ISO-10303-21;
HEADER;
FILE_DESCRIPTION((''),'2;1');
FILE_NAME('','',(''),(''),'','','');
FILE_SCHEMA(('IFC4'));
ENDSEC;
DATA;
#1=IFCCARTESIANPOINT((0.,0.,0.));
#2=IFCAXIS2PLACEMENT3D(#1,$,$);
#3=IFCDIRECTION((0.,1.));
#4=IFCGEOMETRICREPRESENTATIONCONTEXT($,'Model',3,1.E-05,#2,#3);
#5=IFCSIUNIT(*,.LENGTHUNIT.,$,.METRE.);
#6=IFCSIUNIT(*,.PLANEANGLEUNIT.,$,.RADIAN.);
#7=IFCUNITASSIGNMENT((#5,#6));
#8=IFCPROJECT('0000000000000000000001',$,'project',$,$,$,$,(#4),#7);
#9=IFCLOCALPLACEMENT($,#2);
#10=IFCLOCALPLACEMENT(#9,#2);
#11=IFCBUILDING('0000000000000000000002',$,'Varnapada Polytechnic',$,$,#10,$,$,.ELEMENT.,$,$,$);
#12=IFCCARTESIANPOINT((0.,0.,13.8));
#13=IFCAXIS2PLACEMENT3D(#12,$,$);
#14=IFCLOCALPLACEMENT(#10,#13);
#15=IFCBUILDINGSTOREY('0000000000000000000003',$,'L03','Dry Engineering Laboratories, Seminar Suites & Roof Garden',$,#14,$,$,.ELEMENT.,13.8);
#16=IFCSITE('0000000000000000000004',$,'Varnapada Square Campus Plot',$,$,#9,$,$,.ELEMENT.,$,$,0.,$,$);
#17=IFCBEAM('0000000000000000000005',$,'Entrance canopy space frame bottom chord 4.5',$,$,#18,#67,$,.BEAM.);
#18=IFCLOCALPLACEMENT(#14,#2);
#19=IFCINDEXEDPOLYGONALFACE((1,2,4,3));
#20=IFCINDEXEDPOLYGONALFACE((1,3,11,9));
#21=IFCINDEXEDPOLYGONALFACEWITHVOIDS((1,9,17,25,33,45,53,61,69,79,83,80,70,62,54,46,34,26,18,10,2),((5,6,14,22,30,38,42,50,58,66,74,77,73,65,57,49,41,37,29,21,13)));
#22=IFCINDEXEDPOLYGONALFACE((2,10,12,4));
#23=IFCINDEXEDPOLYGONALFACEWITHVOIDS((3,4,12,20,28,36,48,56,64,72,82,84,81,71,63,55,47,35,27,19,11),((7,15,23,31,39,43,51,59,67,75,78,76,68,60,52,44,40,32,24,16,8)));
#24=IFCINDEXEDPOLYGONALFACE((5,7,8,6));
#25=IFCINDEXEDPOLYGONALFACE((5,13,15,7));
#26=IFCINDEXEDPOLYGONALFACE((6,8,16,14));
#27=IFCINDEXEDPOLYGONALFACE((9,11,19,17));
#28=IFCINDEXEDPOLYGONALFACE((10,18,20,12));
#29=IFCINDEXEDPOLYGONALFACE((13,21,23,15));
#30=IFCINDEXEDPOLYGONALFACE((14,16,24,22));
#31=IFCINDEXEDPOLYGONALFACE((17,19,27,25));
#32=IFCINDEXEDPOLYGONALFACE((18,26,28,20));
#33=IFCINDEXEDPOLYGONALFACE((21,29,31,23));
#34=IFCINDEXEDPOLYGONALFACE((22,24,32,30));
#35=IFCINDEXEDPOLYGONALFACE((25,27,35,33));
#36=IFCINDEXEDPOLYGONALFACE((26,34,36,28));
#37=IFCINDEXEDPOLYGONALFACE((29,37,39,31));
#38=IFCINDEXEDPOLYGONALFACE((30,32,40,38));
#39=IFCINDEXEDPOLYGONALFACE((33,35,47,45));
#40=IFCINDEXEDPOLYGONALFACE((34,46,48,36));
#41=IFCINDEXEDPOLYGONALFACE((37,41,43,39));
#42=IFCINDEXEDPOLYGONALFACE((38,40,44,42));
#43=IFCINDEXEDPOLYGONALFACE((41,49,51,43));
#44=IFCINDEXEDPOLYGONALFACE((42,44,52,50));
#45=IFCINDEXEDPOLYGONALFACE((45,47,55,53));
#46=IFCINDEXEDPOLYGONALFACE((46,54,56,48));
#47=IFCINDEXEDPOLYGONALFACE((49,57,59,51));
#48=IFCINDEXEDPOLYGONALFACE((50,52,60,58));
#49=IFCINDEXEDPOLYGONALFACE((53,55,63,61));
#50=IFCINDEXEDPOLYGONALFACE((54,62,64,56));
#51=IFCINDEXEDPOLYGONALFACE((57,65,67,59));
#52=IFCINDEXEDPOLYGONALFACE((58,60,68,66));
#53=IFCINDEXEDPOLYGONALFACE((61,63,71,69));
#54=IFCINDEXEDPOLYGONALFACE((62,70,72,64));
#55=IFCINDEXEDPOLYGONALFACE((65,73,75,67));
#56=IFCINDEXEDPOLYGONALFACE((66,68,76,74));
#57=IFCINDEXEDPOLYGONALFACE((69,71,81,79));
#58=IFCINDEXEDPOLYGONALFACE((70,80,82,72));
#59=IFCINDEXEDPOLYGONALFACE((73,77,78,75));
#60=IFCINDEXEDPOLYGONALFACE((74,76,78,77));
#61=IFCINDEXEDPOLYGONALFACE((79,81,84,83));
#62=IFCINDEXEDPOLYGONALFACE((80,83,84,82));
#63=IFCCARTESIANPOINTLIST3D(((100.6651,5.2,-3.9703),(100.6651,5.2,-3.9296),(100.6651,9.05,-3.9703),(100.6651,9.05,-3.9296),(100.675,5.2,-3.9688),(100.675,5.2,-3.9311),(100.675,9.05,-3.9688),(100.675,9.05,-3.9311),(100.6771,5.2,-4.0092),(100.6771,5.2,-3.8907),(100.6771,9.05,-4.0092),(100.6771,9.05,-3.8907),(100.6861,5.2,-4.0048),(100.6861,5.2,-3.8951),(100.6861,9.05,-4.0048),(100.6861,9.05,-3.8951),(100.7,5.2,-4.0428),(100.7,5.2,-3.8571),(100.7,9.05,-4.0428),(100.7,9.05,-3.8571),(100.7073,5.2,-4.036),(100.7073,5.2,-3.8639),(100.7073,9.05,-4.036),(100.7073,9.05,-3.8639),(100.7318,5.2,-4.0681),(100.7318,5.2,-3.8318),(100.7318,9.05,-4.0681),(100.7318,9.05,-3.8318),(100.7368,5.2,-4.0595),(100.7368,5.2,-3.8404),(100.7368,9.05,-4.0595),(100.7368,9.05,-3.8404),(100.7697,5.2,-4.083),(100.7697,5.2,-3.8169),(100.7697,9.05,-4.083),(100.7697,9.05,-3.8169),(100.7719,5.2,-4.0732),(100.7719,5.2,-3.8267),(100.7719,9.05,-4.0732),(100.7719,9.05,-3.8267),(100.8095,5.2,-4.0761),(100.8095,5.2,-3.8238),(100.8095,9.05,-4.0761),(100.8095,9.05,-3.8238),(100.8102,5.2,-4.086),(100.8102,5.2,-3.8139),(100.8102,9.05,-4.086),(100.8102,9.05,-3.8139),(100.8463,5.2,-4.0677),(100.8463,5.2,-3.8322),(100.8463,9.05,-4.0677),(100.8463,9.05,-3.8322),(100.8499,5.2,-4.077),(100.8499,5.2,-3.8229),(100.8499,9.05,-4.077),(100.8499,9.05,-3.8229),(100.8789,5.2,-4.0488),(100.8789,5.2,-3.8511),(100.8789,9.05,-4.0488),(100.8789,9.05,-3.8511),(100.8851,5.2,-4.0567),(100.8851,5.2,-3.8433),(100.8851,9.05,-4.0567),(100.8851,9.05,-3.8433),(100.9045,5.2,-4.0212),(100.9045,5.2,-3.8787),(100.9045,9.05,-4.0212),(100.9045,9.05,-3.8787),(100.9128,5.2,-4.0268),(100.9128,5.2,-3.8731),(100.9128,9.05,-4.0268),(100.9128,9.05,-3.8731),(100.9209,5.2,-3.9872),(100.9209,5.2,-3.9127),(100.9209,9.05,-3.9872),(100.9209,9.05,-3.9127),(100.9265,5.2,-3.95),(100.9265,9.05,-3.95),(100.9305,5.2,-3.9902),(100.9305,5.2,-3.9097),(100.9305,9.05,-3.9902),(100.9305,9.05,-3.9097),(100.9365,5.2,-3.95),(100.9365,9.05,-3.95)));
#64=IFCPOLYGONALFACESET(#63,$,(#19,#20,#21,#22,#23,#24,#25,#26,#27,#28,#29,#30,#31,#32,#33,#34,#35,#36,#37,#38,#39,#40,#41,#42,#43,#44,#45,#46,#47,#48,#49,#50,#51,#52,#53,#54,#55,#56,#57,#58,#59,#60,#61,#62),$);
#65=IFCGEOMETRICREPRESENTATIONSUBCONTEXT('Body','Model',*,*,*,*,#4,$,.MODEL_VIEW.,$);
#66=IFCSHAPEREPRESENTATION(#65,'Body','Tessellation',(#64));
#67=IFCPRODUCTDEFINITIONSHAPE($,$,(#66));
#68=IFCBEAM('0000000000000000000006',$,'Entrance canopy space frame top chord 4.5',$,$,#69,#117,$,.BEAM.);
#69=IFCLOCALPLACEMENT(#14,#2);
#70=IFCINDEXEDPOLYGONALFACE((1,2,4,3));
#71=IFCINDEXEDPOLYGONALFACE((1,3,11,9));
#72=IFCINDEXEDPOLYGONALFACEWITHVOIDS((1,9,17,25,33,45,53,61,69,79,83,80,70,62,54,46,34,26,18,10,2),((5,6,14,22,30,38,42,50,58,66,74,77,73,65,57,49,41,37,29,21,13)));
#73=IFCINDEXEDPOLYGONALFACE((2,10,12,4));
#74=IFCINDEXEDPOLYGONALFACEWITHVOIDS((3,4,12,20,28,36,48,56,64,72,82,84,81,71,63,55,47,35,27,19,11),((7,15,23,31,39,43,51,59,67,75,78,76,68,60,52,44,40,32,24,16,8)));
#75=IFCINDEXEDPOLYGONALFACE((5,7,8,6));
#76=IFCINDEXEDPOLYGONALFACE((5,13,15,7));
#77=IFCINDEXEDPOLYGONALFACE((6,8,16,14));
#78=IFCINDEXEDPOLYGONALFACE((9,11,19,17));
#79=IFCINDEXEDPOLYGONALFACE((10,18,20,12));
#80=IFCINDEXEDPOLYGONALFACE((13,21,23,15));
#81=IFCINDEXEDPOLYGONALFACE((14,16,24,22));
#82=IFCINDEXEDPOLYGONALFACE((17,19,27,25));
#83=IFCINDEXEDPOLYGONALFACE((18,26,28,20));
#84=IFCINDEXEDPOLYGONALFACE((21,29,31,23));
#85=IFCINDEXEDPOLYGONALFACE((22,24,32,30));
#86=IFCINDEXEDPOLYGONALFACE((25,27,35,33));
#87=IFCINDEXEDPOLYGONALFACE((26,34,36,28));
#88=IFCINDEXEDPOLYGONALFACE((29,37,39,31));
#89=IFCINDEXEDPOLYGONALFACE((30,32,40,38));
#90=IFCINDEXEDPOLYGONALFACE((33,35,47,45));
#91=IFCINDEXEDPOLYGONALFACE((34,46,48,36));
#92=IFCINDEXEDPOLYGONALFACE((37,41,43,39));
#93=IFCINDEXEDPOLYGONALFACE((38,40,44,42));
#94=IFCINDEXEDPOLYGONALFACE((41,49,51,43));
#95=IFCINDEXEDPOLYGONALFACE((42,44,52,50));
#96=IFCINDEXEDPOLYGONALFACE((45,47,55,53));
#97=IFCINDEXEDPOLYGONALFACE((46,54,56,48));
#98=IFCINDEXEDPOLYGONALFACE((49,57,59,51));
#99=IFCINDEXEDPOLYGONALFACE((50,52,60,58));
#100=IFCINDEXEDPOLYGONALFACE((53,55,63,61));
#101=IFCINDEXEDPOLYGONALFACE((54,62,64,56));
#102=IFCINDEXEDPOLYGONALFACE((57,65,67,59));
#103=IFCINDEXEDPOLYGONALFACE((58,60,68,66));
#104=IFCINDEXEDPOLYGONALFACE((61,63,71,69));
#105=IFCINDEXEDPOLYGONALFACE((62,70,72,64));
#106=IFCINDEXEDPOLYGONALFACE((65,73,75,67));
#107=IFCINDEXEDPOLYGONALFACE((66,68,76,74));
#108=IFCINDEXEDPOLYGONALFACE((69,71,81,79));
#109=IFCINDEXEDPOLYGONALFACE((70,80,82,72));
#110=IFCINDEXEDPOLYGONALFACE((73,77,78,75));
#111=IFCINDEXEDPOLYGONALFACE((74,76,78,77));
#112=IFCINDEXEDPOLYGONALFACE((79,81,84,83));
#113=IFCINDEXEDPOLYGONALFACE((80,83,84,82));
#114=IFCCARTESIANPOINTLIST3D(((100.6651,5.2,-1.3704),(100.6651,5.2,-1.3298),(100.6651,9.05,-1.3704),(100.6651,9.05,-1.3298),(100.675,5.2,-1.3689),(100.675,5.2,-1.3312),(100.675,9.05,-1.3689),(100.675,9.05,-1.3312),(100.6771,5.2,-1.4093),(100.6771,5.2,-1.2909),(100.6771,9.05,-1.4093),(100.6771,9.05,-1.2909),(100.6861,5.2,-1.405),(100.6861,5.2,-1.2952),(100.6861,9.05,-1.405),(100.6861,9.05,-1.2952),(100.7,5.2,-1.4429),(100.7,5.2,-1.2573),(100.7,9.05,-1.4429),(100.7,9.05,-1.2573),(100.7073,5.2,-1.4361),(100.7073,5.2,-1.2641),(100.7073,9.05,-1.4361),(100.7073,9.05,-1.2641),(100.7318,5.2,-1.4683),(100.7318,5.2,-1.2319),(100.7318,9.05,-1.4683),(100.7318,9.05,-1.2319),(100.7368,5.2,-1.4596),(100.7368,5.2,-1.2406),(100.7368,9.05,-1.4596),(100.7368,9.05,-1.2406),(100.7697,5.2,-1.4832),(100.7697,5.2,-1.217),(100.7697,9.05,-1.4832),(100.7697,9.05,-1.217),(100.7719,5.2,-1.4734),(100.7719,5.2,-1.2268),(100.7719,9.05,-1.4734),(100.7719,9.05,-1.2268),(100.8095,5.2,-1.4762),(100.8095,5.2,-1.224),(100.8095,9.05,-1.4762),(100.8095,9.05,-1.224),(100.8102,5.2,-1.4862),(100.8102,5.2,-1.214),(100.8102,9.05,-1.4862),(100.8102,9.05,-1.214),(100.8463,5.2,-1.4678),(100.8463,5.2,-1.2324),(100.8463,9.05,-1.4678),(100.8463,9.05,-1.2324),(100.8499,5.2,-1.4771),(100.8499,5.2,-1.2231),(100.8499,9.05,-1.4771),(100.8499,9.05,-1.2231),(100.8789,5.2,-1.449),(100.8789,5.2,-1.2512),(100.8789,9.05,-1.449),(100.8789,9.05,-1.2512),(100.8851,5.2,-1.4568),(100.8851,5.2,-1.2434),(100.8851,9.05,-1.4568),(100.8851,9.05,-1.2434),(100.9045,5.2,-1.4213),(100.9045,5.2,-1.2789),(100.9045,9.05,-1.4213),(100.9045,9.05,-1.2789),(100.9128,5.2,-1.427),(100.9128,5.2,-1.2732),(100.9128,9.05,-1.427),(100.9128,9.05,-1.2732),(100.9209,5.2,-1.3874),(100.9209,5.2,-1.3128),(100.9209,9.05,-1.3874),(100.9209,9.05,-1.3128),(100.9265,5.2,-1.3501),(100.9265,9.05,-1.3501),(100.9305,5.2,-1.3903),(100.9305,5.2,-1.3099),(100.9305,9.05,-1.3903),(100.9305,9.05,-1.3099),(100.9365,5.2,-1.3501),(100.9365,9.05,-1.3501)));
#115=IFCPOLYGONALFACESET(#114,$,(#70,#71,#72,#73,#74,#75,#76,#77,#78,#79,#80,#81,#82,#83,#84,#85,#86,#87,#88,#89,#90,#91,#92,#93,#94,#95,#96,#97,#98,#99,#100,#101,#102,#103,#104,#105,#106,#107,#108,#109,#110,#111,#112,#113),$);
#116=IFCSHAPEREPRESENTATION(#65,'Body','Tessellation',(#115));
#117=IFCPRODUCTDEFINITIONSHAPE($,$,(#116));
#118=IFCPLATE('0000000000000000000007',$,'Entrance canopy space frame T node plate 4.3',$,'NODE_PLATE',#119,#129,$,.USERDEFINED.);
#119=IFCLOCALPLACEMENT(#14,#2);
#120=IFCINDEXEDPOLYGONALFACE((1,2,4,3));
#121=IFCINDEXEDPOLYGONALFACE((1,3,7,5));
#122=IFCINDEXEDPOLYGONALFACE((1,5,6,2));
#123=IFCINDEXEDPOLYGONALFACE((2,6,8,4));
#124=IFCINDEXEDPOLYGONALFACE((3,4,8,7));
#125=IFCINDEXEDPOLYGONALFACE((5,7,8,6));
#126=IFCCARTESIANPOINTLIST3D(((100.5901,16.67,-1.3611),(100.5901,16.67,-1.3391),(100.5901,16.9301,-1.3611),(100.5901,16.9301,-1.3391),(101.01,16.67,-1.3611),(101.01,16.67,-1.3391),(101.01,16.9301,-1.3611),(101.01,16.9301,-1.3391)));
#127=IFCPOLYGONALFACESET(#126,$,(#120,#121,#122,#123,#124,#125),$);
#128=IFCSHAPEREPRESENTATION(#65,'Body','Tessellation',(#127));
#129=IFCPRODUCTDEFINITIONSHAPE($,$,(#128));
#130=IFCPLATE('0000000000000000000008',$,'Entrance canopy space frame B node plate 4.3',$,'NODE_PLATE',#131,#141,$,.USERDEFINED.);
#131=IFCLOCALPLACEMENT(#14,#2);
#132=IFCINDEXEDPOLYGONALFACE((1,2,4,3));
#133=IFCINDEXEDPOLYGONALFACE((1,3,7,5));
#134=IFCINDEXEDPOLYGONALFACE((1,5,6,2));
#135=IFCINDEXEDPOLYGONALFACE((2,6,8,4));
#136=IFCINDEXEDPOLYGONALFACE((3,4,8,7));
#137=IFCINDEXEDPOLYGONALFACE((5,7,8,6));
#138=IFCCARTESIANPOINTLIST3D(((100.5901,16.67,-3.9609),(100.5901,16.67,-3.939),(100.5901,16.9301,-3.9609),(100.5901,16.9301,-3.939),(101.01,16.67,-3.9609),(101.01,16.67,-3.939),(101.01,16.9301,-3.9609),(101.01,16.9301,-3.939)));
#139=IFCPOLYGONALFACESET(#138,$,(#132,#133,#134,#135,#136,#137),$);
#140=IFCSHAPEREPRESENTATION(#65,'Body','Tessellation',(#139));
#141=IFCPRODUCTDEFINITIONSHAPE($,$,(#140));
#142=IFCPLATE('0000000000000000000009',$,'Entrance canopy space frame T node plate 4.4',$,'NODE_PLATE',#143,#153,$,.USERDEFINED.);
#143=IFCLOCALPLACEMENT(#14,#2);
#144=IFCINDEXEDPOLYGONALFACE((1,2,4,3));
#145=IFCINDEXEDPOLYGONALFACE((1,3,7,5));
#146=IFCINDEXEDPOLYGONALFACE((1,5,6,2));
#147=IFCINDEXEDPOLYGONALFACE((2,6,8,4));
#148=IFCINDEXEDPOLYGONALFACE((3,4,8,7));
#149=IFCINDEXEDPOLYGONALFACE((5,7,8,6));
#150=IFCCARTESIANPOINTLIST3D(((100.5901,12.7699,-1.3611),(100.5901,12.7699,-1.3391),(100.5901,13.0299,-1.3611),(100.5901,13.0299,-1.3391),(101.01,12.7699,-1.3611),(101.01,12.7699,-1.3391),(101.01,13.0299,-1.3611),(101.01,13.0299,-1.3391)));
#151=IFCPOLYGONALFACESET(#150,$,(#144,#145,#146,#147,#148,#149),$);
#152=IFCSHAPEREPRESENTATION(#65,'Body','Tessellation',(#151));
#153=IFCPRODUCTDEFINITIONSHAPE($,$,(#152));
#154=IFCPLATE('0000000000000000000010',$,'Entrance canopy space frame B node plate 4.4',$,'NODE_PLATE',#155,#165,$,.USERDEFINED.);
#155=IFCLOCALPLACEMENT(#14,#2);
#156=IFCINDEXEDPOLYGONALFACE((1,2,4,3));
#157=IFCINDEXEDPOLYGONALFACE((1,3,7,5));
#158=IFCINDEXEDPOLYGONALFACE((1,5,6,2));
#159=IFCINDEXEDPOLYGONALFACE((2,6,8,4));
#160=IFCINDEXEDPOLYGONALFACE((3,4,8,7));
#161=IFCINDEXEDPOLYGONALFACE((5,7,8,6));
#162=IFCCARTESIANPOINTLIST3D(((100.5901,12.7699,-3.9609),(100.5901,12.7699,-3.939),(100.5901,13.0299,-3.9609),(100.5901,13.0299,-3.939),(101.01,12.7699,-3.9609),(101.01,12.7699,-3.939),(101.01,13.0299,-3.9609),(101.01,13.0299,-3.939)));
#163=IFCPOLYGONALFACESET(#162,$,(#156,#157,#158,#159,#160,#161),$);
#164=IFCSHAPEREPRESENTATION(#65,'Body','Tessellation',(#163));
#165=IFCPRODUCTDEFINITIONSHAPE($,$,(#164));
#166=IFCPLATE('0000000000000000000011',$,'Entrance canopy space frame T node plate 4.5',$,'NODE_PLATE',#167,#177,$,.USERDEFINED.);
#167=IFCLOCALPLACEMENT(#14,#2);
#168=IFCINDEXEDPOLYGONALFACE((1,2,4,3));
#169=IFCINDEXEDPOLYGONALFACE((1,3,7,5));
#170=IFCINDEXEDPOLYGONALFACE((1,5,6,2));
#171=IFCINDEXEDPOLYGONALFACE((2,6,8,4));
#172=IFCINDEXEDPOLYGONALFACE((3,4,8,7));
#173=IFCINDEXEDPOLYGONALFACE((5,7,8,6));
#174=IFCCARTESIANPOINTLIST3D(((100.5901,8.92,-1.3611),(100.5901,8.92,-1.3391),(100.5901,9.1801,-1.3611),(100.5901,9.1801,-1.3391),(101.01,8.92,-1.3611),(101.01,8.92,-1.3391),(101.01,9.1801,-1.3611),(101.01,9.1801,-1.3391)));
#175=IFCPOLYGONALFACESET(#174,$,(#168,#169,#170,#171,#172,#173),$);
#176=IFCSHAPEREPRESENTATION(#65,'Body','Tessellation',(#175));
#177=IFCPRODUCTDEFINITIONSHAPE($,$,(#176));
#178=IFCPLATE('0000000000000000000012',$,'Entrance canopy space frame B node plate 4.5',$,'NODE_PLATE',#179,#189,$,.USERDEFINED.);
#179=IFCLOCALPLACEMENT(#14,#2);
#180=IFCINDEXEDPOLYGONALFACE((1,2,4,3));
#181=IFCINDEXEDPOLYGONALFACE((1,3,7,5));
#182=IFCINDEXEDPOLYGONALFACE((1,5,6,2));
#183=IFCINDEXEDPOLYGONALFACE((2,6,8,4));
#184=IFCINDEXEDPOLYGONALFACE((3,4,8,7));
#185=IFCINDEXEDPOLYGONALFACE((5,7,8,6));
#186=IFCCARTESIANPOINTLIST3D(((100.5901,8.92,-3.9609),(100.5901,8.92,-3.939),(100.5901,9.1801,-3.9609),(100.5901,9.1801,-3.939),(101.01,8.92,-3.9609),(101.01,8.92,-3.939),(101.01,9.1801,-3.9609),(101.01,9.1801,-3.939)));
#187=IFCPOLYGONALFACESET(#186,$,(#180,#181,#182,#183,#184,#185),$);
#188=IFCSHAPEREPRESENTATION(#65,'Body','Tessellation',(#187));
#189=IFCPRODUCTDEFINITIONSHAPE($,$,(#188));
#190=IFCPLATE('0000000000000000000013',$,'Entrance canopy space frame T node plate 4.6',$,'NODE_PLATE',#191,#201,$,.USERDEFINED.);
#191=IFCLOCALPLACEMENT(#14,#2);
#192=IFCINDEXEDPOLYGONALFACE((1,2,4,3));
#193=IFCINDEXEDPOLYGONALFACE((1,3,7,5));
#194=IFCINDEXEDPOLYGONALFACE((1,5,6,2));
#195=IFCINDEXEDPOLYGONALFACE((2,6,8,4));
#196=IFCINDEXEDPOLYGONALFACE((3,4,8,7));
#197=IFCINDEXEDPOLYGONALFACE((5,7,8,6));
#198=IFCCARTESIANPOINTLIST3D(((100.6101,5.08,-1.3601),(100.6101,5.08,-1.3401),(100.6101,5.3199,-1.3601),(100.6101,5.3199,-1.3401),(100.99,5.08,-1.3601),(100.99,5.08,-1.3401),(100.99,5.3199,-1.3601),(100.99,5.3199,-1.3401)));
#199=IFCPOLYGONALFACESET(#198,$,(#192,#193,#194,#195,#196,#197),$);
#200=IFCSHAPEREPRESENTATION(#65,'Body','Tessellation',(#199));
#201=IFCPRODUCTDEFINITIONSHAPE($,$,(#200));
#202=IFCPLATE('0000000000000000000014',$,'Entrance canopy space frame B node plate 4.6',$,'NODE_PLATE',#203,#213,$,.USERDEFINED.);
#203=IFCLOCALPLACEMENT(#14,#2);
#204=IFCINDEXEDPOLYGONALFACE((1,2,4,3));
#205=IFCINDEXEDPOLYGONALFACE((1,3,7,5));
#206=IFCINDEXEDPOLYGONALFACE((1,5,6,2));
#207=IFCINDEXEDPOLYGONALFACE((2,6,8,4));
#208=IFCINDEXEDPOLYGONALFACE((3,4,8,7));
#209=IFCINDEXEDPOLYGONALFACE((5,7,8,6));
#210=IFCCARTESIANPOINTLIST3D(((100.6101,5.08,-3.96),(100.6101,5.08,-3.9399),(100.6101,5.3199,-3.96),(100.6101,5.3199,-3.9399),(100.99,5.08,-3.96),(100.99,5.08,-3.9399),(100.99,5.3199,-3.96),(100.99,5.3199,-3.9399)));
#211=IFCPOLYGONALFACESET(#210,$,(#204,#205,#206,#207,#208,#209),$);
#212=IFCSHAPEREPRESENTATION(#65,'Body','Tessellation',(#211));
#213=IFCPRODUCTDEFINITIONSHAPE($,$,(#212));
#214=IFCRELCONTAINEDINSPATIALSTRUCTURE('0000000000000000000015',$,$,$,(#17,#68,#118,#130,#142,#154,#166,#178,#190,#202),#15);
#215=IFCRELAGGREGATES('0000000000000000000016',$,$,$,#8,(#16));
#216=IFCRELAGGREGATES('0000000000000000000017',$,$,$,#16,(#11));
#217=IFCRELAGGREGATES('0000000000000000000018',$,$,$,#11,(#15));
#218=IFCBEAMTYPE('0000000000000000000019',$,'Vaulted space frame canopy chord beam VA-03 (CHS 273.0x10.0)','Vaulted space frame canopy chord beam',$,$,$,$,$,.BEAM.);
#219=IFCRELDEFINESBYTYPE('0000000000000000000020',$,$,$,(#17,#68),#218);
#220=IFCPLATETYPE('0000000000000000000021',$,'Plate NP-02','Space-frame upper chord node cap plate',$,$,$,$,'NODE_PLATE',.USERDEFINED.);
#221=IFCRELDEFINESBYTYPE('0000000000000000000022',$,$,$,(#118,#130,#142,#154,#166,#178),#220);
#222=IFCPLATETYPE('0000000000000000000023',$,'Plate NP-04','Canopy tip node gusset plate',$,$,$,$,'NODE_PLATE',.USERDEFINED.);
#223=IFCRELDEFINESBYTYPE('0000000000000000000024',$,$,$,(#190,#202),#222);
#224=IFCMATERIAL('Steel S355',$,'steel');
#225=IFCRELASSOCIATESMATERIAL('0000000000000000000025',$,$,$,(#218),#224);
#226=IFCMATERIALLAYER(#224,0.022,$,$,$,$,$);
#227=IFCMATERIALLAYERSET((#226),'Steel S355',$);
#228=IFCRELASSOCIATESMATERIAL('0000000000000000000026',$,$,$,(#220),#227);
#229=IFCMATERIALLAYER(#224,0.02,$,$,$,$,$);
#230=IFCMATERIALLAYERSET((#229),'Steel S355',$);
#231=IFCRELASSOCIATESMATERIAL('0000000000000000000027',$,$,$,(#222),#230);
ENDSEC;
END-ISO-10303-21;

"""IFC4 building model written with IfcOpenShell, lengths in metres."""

from ifc_helpers import new_model, si_unit, direction, frame, origin, origin_2d, place, context, subcontext, project, spatial, rectangle, hollow_circle, extrude, material, layer, layer_set, material_profile, profile_set, type_object, element, save


model = new_model("IFC4")

# Units and contexts
model_context = context("Model", 3, precision=1e-05, world=origin(), true_north=direction((0.0, 1.0)))
body_context = subcontext(model_context, "Body", "Model", "MODEL_VIEW")
ifc_project = project(units=[si_unit("LENGTHUNIT", "METRE"), si_unit("PLANEANGLEUNIT", "RADIAN")], contexts=[model_context])

# Site, building, storey
site_placement = place(None, origin())
site = spatial("IfcSite", under=ifc_project, at=site_placement, Name="Varnapada Square Campus Plot", CompositionType="ELEMENT", RefElevation=0.0)
building_placement = place(site_placement, origin())
building = spatial("IfcBuilding", under=site, at=building_placement, Name="Varnapada Polytechnic", CompositionType="ELEMENT")
storey_placement = place(building_placement, frame((0.0, 0.0, 13.8)))
storey = spatial("IfcBuildingStorey", under=building, at=storey_placement, Name="L03", Description="Dry Engineering Laboratories, Seminar Suites & Roof Garden", CompositionType="ELEMENT", Elevation=13.8)

# Shared definitions
ifc_material = material(Name="Steel S355", Category="steel")

# Beams
ifc_material_profile_1 = material_profile(ifc_material, hollow_circle(Radius=0.1365, WallThickness=0.01, at=origin_2d()), Name="CHS 273.0x10.0")
ifc_profile_set_1 = profile_set([ifc_material_profile_1], Name="Steel S355")
beam_type = type_object("IfcBeamType", Name="Vaulted space frame canopy chord beam VA-03 (CHS 273.0x10.0)", Description="Vaulted space frame canopy chord beam", PredefinedType="BEAM", material=ifc_profile_set_1)
for number, where, z_axis, x_axis, name in (
    (1, (100.8, 9.05, -3.95), (0.0, -1.0, 0.0), (1.0, 0.0, 0.0), "Entrance canopy space frame bottom chord 4.5"),
    (2, (100.8, 9.05, -1.3501), (0.0, -1.0, 0.0), (1.0, 0.0, 0.0), "Entrance canopy space frame top chord 4.5"),
):
    element("IfcBeam", number, at=place(storey_placement, frame(where, z_axis=z_axis, x_axis=x_axis)), inside=storey, type_object=beam_type, Name=name, PredefinedType="BEAM", context=body_context, shape_type="SweptSolid", body=[
        extrude(hollow_circle(Radius=0.1365, WallThickness=0.01, at=origin_2d()), origin(), (0.0, 0.0, 1.0), 3.8501),
    ])

# Plates
ifc_layer_1 = layer(ifc_material, 0.022)
ifc_layer_set_1 = layer_set([ifc_layer_1], Name="Steel S355")
plate_type_1 = type_object("IfcPlateType", Name="Plate NP-02", Description="Space-frame upper chord node cap plate", ElementType="NODE_PLATE", PredefinedType="USERDEFINED", material=ifc_layer_set_1)
for number, where, z_axis, x_axis, name in (
    (3, (100.8, 16.8, -1.3611), (0.0, 0.0, 1.0), (1.0, 0.0, 0.0), "Entrance canopy space frame T node plate 4.3"),
    (4, (100.8, 16.8, -3.9609), (0.0, 0.0, 1.0), (1.0, 0.0, 0.0), "Entrance canopy space frame B node plate 4.3"),
    (5, (100.8, 12.8999, -1.3611), (0.0, 0.0, 1.0), (1.0, 0.0, 0.0), "Entrance canopy space frame T node plate 4.4"),
    (6, (100.8, 12.8999, -3.9609), (0.0, 0.0, 1.0), (1.0, 0.0, 0.0), "Entrance canopy space frame B node plate 4.4"),
    (7, (100.8, 9.05, -1.3611), (0.0, 0.0, 1.0), (1.0, 0.0, 0.0), "Entrance canopy space frame T node plate 4.5"),
    (8, (100.8, 9.05, -3.9609), (0.0, 0.0, 1.0), (1.0, 0.0, 0.0), "Entrance canopy space frame B node plate 4.5"),
):
    element("IfcPlate", number, at=place(storey_placement, frame(where, z_axis=z_axis, x_axis=x_axis)), inside=storey, type_object=plate_type_1, Name=name, ObjectType="NODE_PLATE", PredefinedType="USERDEFINED", context=body_context, shape_type="SweptSolid", body=[
        extrude(rectangle(XDim=0.4199, YDim=0.26, at=origin_2d()), origin(), (0.0, 0.0, 1.0), 0.022),
    ])
ifc_layer_2 = layer(ifc_material, 0.02)
ifc_layer_set_2 = layer_set([ifc_layer_2], Name="Steel S355")
plate_type_2 = type_object("IfcPlateType", Name="Plate NP-04", Description="Canopy tip node gusset plate", ElementType="NODE_PLATE", PredefinedType="USERDEFINED", material=ifc_layer_set_2)
for number, where, z_axis, x_axis, name in (
    (9, (100.8, 5.2, -1.3601), (0.0, 0.0, 1.0), (1.0, 0.0, 0.0), "Entrance canopy space frame T node plate 4.6"),
    (10, (100.8, 5.2, -3.96), (0.0, 0.0, 1.0), (1.0, 0.0, 0.0), "Entrance canopy space frame B node plate 4.6"),
):
    element("IfcPlate", number, at=place(storey_placement, frame(where, z_axis=z_axis, x_axis=x_axis)), inside=storey, type_object=plate_type_2, Name=name, ObjectType="NODE_PLATE", PredefinedType="USERDEFINED", context=body_context, shape_type="SweptSolid", body=[
        extrude(rectangle(XDim=0.3799, YDim=0.24, at=origin_2d()), origin(), (0.0, 0.0, 1.0), 0.02),
    ])

save(model, "model.ifc")
